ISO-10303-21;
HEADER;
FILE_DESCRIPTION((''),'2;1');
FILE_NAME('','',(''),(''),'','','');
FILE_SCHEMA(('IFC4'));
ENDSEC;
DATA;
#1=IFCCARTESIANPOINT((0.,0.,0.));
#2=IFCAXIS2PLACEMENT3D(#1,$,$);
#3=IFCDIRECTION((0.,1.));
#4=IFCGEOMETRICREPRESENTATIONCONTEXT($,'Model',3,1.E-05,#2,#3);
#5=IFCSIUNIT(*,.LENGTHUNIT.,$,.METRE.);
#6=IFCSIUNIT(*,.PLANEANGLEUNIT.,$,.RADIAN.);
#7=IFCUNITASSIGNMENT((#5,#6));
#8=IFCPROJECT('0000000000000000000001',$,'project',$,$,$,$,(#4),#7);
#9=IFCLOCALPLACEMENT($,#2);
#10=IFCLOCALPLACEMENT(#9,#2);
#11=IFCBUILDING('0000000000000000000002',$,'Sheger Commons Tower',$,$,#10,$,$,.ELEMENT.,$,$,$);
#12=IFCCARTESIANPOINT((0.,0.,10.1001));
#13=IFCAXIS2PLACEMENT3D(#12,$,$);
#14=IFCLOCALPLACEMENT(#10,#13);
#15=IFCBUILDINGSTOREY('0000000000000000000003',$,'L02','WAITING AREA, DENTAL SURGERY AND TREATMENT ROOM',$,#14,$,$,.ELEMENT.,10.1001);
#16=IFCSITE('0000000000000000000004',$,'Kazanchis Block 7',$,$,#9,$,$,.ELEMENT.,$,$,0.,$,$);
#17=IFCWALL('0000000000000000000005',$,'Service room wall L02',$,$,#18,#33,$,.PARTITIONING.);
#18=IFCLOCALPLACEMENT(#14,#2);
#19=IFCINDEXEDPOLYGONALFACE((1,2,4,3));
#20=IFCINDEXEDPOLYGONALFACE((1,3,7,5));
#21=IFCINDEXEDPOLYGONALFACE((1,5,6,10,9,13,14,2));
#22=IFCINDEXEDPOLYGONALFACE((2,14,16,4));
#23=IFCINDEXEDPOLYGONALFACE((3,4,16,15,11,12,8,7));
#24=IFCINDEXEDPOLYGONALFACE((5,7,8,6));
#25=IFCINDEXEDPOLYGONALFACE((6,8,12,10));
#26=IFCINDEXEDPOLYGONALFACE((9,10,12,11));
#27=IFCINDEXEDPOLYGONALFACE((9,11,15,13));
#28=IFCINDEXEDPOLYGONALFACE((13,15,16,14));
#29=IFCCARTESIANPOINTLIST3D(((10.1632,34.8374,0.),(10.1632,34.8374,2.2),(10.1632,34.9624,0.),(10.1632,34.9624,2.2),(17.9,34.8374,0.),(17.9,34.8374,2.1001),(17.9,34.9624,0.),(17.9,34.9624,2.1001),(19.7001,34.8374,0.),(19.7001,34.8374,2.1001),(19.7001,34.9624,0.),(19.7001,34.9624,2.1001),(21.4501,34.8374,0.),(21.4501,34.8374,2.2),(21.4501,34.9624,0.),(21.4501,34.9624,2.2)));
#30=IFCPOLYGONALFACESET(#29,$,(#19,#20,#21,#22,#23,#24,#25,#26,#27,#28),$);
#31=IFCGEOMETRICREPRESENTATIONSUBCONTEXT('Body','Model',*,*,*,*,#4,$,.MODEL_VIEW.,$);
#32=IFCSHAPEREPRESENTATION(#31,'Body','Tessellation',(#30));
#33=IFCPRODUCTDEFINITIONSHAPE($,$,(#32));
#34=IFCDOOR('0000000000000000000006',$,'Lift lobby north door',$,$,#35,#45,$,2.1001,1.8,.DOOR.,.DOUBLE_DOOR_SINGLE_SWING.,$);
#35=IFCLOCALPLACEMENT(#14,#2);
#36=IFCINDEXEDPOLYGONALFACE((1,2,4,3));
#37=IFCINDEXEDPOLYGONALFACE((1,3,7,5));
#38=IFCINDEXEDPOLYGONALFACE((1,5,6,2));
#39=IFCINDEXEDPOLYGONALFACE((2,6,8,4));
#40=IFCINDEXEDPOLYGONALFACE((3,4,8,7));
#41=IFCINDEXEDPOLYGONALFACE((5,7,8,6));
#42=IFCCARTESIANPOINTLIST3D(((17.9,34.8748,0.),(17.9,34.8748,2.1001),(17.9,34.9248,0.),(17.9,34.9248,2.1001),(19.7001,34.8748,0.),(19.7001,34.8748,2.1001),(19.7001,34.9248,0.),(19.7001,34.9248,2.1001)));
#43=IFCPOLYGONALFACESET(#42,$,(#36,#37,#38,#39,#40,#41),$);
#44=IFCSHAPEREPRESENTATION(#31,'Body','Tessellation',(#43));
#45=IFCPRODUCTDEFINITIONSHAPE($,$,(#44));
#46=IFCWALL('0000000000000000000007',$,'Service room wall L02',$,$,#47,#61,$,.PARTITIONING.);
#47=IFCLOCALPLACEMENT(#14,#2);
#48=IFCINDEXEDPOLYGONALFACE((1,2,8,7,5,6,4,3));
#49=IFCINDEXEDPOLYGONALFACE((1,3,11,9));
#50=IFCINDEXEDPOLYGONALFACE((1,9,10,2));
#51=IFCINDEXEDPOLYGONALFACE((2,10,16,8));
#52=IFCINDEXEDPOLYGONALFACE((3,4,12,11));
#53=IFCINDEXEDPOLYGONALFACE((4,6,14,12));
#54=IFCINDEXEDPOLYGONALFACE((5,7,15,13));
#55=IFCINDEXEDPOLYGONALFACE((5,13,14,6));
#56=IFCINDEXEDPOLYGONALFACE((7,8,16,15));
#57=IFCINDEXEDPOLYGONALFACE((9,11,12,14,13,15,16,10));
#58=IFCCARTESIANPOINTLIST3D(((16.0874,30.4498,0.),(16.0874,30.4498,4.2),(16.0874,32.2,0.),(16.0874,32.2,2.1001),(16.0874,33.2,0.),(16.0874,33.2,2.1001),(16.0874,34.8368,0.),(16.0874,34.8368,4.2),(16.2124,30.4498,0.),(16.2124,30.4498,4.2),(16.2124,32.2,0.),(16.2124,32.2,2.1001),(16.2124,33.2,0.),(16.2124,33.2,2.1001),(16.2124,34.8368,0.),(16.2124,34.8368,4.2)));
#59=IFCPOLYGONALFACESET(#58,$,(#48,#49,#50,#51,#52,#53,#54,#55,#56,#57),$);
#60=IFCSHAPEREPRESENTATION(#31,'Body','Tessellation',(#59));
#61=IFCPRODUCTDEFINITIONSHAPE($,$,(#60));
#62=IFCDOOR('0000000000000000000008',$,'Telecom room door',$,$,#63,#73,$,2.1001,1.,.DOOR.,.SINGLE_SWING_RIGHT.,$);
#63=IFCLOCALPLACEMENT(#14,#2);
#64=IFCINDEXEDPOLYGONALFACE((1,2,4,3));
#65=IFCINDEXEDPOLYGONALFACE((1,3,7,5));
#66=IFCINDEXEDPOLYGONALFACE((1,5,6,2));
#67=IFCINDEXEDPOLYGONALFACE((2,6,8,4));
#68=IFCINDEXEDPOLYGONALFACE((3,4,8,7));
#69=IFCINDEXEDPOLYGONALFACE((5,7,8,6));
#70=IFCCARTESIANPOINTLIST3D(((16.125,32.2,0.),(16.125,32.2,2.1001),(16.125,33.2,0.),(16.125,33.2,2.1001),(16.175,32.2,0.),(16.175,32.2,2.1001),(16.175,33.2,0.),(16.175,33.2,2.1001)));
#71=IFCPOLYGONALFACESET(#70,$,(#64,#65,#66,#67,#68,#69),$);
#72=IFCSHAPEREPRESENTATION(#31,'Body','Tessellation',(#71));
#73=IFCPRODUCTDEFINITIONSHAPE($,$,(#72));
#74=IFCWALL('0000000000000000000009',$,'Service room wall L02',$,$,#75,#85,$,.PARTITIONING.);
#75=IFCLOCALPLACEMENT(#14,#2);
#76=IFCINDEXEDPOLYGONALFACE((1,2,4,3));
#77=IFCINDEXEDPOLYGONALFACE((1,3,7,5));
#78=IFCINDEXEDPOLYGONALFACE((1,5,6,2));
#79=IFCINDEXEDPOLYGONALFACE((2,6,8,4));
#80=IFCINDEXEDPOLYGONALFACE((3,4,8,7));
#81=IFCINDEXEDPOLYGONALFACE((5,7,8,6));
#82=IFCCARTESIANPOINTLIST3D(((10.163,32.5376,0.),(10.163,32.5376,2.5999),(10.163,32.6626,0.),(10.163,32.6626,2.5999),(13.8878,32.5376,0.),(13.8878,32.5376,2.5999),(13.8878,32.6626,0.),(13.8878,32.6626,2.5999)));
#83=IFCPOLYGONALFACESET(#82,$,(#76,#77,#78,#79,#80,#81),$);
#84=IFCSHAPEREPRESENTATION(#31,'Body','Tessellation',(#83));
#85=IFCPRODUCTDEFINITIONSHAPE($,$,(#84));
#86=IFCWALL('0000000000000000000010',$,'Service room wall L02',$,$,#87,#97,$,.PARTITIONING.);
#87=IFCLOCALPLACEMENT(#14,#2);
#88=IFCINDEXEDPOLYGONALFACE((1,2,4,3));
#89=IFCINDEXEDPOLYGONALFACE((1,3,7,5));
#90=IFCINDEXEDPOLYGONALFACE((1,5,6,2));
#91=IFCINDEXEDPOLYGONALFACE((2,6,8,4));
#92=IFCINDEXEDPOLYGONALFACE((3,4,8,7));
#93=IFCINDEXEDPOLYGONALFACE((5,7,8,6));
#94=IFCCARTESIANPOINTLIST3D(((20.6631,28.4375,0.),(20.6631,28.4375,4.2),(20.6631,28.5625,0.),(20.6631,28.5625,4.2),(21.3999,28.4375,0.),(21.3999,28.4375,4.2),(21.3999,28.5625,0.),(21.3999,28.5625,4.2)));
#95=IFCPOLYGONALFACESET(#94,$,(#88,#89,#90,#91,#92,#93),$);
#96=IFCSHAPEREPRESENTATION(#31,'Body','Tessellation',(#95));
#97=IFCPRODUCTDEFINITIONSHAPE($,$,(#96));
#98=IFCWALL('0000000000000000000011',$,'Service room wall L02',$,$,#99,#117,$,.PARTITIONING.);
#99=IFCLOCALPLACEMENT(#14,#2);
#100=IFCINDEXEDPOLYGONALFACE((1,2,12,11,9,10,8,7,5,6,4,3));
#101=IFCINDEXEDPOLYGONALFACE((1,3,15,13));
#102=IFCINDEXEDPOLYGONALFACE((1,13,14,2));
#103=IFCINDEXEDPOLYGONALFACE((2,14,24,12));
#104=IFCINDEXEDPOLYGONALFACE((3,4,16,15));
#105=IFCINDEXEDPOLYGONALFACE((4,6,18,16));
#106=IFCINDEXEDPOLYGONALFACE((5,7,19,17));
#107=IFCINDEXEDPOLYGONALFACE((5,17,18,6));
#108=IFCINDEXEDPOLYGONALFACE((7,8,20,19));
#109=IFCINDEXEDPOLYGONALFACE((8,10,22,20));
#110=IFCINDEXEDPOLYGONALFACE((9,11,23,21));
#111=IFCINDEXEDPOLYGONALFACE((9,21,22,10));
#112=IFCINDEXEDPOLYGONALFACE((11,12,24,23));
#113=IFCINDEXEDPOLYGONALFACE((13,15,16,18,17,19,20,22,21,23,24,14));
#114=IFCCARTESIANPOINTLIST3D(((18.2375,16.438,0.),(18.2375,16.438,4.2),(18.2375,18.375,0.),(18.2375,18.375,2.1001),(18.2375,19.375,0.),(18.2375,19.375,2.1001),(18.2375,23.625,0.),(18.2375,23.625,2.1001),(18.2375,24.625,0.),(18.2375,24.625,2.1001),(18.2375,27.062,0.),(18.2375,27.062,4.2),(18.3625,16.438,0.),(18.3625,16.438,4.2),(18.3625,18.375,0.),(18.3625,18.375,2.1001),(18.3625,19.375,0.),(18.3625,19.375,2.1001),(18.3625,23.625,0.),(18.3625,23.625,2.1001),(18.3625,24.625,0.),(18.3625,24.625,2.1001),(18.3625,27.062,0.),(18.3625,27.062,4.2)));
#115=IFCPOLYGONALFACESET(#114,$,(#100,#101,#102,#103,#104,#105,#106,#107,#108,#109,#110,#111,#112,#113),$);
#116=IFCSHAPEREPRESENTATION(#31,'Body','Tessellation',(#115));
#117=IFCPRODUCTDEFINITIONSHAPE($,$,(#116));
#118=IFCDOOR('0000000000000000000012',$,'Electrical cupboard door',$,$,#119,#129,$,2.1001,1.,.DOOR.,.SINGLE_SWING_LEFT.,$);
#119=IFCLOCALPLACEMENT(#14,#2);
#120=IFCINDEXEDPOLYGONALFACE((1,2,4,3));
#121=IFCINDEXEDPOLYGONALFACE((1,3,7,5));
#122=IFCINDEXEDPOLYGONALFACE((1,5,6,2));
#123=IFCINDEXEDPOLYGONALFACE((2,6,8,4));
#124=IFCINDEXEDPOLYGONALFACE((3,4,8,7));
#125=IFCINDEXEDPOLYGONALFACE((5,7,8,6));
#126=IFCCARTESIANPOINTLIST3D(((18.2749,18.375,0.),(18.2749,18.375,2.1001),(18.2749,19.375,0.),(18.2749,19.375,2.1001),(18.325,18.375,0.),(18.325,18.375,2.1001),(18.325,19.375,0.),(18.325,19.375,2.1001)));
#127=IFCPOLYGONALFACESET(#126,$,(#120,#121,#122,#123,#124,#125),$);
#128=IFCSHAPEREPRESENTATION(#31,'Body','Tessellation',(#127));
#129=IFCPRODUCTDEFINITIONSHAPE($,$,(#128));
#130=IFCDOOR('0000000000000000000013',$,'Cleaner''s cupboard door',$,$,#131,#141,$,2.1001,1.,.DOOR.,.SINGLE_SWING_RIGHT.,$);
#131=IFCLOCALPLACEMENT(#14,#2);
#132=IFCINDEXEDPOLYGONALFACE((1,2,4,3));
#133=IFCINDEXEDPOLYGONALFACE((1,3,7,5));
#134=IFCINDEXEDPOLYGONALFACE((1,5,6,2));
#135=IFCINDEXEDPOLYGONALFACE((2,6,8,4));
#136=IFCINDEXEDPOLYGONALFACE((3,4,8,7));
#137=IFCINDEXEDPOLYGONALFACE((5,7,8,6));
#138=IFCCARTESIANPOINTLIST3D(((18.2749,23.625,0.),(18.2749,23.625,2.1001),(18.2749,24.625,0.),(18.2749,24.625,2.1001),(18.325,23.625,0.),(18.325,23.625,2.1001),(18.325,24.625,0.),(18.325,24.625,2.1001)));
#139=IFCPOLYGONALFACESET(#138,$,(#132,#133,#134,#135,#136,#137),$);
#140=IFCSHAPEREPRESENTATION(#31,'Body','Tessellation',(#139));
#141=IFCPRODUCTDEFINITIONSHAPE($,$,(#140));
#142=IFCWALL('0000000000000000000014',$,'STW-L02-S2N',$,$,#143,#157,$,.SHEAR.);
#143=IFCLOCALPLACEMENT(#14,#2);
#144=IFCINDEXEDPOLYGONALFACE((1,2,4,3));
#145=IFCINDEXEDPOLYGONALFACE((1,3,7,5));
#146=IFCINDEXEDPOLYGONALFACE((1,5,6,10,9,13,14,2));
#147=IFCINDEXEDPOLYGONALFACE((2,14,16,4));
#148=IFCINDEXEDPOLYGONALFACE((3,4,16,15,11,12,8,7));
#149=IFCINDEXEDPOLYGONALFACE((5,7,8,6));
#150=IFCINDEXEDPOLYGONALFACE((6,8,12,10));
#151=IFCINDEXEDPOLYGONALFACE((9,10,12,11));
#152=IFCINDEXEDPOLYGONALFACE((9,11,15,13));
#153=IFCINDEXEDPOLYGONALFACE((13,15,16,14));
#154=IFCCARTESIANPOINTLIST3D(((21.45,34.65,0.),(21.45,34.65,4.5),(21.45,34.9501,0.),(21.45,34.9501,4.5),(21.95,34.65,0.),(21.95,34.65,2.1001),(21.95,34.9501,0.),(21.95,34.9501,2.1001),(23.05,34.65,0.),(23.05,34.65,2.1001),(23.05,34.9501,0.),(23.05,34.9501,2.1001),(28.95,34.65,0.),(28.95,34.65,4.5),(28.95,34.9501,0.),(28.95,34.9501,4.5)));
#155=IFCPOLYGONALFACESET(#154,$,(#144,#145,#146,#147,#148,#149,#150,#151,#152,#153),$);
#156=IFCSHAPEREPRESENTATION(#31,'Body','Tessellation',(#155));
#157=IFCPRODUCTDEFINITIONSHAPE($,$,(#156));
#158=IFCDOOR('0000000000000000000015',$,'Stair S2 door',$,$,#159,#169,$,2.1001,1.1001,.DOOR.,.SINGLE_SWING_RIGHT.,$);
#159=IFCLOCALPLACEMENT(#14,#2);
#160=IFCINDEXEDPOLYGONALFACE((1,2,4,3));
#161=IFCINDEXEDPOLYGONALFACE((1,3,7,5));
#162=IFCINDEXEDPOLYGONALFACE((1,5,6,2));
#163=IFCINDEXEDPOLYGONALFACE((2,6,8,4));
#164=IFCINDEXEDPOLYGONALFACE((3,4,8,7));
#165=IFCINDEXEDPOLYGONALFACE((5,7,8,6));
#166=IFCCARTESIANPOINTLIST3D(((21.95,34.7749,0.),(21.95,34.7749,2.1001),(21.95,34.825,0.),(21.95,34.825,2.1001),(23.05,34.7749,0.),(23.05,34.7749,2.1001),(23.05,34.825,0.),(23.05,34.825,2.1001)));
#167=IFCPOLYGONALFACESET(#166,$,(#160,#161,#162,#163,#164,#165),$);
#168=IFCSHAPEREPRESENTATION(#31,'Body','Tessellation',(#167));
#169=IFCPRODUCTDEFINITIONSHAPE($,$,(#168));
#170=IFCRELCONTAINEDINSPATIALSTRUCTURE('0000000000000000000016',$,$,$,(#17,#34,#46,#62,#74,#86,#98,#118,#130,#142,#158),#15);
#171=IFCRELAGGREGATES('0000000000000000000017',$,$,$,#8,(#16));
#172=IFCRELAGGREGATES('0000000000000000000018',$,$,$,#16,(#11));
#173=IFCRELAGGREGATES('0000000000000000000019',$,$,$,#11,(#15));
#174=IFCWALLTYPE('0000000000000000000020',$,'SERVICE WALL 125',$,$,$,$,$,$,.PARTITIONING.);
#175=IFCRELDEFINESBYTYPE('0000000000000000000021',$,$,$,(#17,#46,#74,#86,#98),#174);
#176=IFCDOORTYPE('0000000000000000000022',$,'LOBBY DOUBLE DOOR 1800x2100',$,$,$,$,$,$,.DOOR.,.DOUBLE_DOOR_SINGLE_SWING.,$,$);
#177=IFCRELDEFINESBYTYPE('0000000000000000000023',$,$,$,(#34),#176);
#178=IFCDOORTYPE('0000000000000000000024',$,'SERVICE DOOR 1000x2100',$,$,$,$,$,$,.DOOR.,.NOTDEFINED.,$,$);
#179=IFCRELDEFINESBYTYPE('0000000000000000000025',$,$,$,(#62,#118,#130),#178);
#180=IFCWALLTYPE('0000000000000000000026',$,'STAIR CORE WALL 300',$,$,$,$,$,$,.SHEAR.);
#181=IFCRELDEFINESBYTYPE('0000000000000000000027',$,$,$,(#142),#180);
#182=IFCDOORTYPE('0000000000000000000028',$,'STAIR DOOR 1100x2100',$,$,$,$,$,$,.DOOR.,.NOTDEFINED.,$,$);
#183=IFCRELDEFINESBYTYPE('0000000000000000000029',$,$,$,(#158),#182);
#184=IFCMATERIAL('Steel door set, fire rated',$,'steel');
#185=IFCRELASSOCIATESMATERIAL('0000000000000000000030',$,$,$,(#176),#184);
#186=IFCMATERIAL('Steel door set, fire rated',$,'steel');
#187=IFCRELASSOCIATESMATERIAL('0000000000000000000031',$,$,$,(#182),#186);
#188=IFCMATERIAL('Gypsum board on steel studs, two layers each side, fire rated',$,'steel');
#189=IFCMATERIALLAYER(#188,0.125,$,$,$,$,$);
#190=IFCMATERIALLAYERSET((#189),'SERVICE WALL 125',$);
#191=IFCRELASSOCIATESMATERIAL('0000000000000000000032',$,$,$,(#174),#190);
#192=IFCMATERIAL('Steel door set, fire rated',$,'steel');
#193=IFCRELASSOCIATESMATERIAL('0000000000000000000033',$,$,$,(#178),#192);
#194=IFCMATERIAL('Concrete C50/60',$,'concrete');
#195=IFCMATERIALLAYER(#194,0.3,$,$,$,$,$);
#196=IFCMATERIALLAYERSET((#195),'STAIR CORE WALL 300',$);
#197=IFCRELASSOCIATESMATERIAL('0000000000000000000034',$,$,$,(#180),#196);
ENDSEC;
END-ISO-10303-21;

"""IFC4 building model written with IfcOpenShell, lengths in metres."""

from ifc_helpers import new_model, si_unit, direction, frame, frame_2d, origin, place, context, subcontext, project, spatial, rectangle, extrude, material, layer, layer_set, type_object, element, fill, save


model = new_model("IFC4")

# Units and contexts
model_context = context("Model", 3, precision=1e-05, world=origin(), true_north=direction((0.0, 1.0)))
body_context = subcontext(model_context, "Body", "Model", "MODEL_VIEW")
ifc_project = project(units=[si_unit("LENGTHUNIT", "METRE"), si_unit("PLANEANGLEUNIT", "RADIAN")], contexts=[model_context])

# Site, building, storey
site_placement = place(None, origin())
site = spatial("IfcSite", under=ifc_project, at=site_placement, Name="Kazanchis Block 7", CompositionType="ELEMENT", RefElevation=0.0)
building_placement = place(site_placement, origin())
building = spatial("IfcBuilding", under=site, at=building_placement, Name="Sheger Commons Tower", CompositionType="ELEMENT")
storey_placement = place(building_placement, frame((0.0, 0.0, 10.1001)))
storey = spatial("IfcBuildingStorey", under=building, at=storey_placement, Name="L02", Description="WAITING AREA, DENTAL SURGERY AND TREATMENT ROOM", CompositionType="ELEMENT", Elevation=10.1001)

# Shared definitions
ifc_material_1 = material(Name="Steel door set, fire rated", Category="steel")
door_type_1 = type_object("IfcDoorType", Name="LOBBY DOUBLE DOOR 1800x2100", OperationType="DOUBLE_DOOR_SINGLE_SWING", PredefinedType="DOOR", material=ifc_material_1)
ifc_material_2 = material(Name="Steel door set, fire rated", Category="steel")
door_type_2 = type_object("IfcDoorType", Name="STAIR DOOR 1100x2100", OperationType="NOTDEFINED", PredefinedType="DOOR", material=ifc_material_2)

# Shared definitions
ifc_material_3 = material(Name="Gypsum board on steel studs, two layers each side, fire rated", Category="steel")
ifc_layer_1 = layer(ifc_material_3, 0.125)
ifc_layer_set_1 = layer_set([ifc_layer_1], Name="SERVICE WALL 125")
wall_type_1 = type_object("IfcWallType", Name="SERVICE WALL 125", PredefinedType="PARTITIONING", material=ifc_layer_set_1)

# Walls, openings, doors
wall_1_placement = place(storey_placement, frame((10.1631, 34.8999, 0.0), z_axis=(0.0, 0.0, 1.0), x_axis=(1.0, 0.0, 0.0)))
wall_1 = element("IfcWall", 1, at=wall_1_placement, inside=storey, type_object=wall_type_1, Name="Service room wall L02", PredefinedType="PARTITIONING", context=body_context, shape_type="SweptSolid", body=[
    extrude(rectangle(XDim=11.2869, YDim=0.125, at=frame_2d((5.6436, 0.0))), origin(), (0.0, 0.0, 1.0), 2.2),
])
opening_1_placement = place(wall_1_placement, frame((7.7371, 0.0, 0.0)))
opening_1 = element("IfcOpeningElement", 2, at=opening_1_placement, cuts=wall_1, PredefinedType="OPENING", context=body_context, shape_type="SweptSolid", body=[
    extrude(rectangle(XDim=1.8, YDim=2.1001, at=frame_2d((0.8999, 1.05))), frame((0.0, 0.0725, 0.0), z_axis=(0.0, -1.0, 0.0), x_axis=(1.0, 0.0, 0.0)), (0.0, 0.0, 1.0), 0.145),
])
door_1_placement = place(opening_1_placement, origin())
door_1 = element("IfcDoor", 3, at=door_1_placement, inside=storey, type_object=door_type_1, Name="Lift lobby north door", OperationType="DOUBLE_DOOR_SINGLE_SWING", OverallHeight=2.1001, OverallWidth=1.8, PredefinedType="DOOR", context=body_context, shape_type="SweptSolid", body=[
    extrude(rectangle(XDim=1.8, YDim=2.1001, at=frame_2d((0.8999, 1.05))), frame((0.0, 0.0249, 0.0), z_axis=(0.0, -1.0, 0.0), x_axis=(1.0, 0.0, 0.0)), (0.0, 0.0, 1.0), 0.05),
])
fill(opening_1, door_1)
wall_2_placement = place(storey_placement, frame((16.1499, 30.45, 0.0), z_axis=(0.0, 0.0, 1.0), x_axis=(0.0, 1.0, 0.0)))
wall_2 = element("IfcWall", 4, at=wall_2_placement, inside=storey, type_object=wall_type_1, Name="Service room wall L02", PredefinedType="PARTITIONING", context=body_context, shape_type="SweptSolid", body=[
    extrude(rectangle(XDim=4.387, YDim=0.125, at=frame_2d((2.1934, 0.0))), origin(), (0.0, 0.0, 1.0), 4.2),
])
opening_2_placement = place(wall_2_placement, frame((1.75, 0.0, 0.0)))
opening_2 = element("IfcOpeningElement", 5, at=opening_2_placement, cuts=wall_2, PredefinedType="OPENING", context=body_context, shape_type="SweptSolid", body=[
    extrude(rectangle(XDim=1.0, YDim=2.1001, at=frame_2d((0.5, 1.05))), frame((0.0, 0.0725, 0.0), z_axis=(0.0, -1.0, 0.0), x_axis=(1.0, 0.0, 0.0)), (0.0, 0.0, 1.0), 0.145),
])
ifc_material_4 = material(Name="Steel door set, fire rated", Category="steel")
door_type_3 = type_object("IfcDoorType", Name="SERVICE DOOR 1000x2100", OperationType="NOTDEFINED", PredefinedType="DOOR", material=ifc_material_4)
door_2_placement = place(opening_2_placement, origin())
door_2 = element("IfcDoor", 6, at=door_2_placement, inside=storey, type_object=door_type_3, Name="Telecom room door", OperationType="SINGLE_SWING_RIGHT", OverallHeight=2.1001, OverallWidth=1.0, PredefinedType="DOOR", context=body_context, shape_type="SweptSolid", body=[
    extrude(rectangle(XDim=1.0, YDim=2.1001, at=frame_2d((0.5, 1.05))), frame((0.0, 0.0249, 0.0), z_axis=(0.0, -1.0, 0.0), x_axis=(1.0, 0.0, 0.0)), (0.0, 0.0, 1.0), 0.05),
])
fill(opening_2, door_2)

# Walls
wall_3_placement = place(storey_placement, frame((10.1631, 32.6001, 0.0), z_axis=(0.0, 0.0, 1.0), x_axis=(1.0, 0.0, 0.0)))
element("IfcWall", 7, at=wall_3_placement, inside=storey, type_object=wall_type_1, Name="Service room wall L02", PredefinedType="PARTITIONING", context=body_context, shape_type="SweptSolid", body=[
    extrude(rectangle(XDim=3.7249, YDim=0.125, at=frame_2d((1.8623, 0.0))), origin(), (0.0, 0.0, 1.0), 2.5999),
])
wall_4_placement = place(storey_placement, frame((20.6631, 28.5, 0.0), z_axis=(0.0, 0.0, 1.0), x_axis=(1.0, 0.0, 0.0)))
element("IfcWall", 8, at=wall_4_placement, inside=storey, type_object=wall_type_1, Name="Service room wall L02", PredefinedType="PARTITIONING", context=body_context, shape_type="SweptSolid", body=[
    extrude(rectangle(XDim=0.7368, YDim=0.125, at=frame_2d((0.3684, 0.0))), origin(), (0.0, 0.0, 1.0), 4.2),
])

# Wall, openings, doors
wall_5_placement = place(storey_placement, frame((18.3, 27.062, 0.0), z_axis=(0.0, 0.0, 1.0), x_axis=(0.0, -1.0, 0.0)))
wall_5 = element("IfcWall", 9, at=wall_5_placement, inside=storey, type_object=wall_type_1, Name="Service room wall L02", PredefinedType="PARTITIONING", context=body_context, shape_type="SweptSolid", body=[
    extrude(rectangle(XDim=10.624, YDim=0.125, at=frame_2d((5.312, 0.0))), origin(), (0.0, 0.0, 1.0), 4.2),
])
opening_3_placement = place(wall_5_placement, frame((7.687, 0.0, 0.0)))
opening_3 = element("IfcOpeningElement", 10, at=opening_3_placement, cuts=wall_5, PredefinedType="OPENING", context=body_context, shape_type="SweptSolid", body=[
    extrude(rectangle(XDim=1.0, YDim=2.1001, at=frame_2d((0.5, 1.05))), frame((0.0, 0.0725, 0.0), z_axis=(0.0, -1.0, 0.0), x_axis=(1.0, 0.0, 0.0)), (0.0, 0.0, 1.0), 0.145),
])
opening_4_placement = place(wall_5_placement, frame((2.437, 0.0, 0.0)))
opening_4 = element("IfcOpeningElement", 11, at=opening_4_placement, cuts=wall_5, PredefinedType="OPENING", context=body_context, shape_type="SweptSolid", body=[
    extrude(rectangle(XDim=1.0, YDim=2.1001, at=frame_2d((0.5, 1.05))), frame((0.0, 0.0725, 0.0), z_axis=(0.0, -1.0, 0.0), x_axis=(1.0, 0.0, 0.0)), (0.0, 0.0, 1.0), 0.145),
])
door_3_placement = place(opening_3_placement, origin())
door_3 = element("IfcDoor", 12, at=door_3_placement, inside=storey, type_object=door_type_3, Name="Electrical cupboard door", OperationType="SINGLE_SWING_LEFT", OverallHeight=2.1001, OverallWidth=1.0, PredefinedType="DOOR", context=body_context, shape_type="SweptSolid", body=[
    extrude(rectangle(XDim=1.0, YDim=2.1001, at=frame_2d((0.5, 1.05))), frame((0.0, 0.0249, 0.0), z_axis=(0.0, -1.0, 0.0), x_axis=(1.0, 0.0, 0.0)), (0.0, 0.0, 1.0), 0.05),
])
fill(opening_3, door_3)
door_4_placement = place(opening_4_placement, origin())
door_4 = element("IfcDoor", 13, at=door_4_placement, inside=storey, type_object=door_type_3, Name="Cleaner's cupboard door", OperationType="SINGLE_SWING_RIGHT", OverallHeight=2.1001, OverallWidth=1.0, PredefinedType="DOOR", context=body_context, shape_type="SweptSolid", body=[
    extrude(rectangle(XDim=1.0, YDim=2.1001, at=frame_2d((0.5, 1.05))), frame((0.0, 0.0249, 0.0), z_axis=(0.0, -1.0, 0.0), x_axis=(1.0, 0.0, 0.0)), (0.0, 0.0, 1.0), 0.05),
])
fill(opening_4, door_4)

# Wall, opening, door
ifc_material_5 = material(Name="Concrete C50/60", Category="concrete")
ifc_layer_2 = layer(ifc_material_5, 0.3)
ifc_layer_set_2 = layer_set([ifc_layer_2], Name="STAIR CORE WALL 300")
wall_type_2 = type_object("IfcWallType", Name="STAIR CORE WALL 300", PredefinedType="SHEAR", material=ifc_layer_set_2)
wall_6_placement = place(storey_placement, frame((21.45, 34.8, 0.0), z_axis=(0.0, 0.0, 1.0), x_axis=(1.0, 0.0, 0.0)))
wall_6 = element("IfcWall", 14, at=wall_6_placement, inside=storey, type_object=wall_type_2, Name="STW-L02-S2N", PredefinedType="SHEAR", context=body_context, shape_type="SweptSolid", body=[
    extrude(rectangle(XDim=7.5, YDim=0.3, at=frame_2d((3.75, 0.0))), origin(), (0.0, 0.0, 1.0), 4.5),
])
opening_5_placement = place(wall_6_placement, frame((0.5, 0.0, 0.0)))
opening_5 = element("IfcOpeningElement", 15, at=opening_5_placement, cuts=wall_6, PredefinedType="OPENING", context=body_context, shape_type="SweptSolid", body=[
    extrude(rectangle(XDim=1.1001, YDim=2.1001, at=frame_2d((0.55, 1.05))), frame((0.0, 0.1599, 0.0), z_axis=(0.0, -1.0, 0.0), x_axis=(1.0, 0.0, 0.0)), (0.0, 0.0, 1.0), 0.3201),
])
door_5_placement = place(opening_5_placement, origin())
door_5 = element("IfcDoor", 16, at=door_5_placement, inside=storey, type_object=door_type_2, Name="Stair S2 door", OperationType="SINGLE_SWING_RIGHT", OverallHeight=2.1001, OverallWidth=1.1001, PredefinedType="DOOR", context=body_context, shape_type="SweptSolid", body=[
    extrude(rectangle(XDim=1.1001, YDim=2.1001, at=frame_2d((0.55, 1.05))), frame((0.0, 0.0249, 0.0), z_axis=(0.0, -1.0, 0.0), x_axis=(1.0, 0.0, 0.0)), (0.0, 0.0, 1.0), 0.05),
])
fill(opening_5, door_5)

save(model, "model.ifc")
